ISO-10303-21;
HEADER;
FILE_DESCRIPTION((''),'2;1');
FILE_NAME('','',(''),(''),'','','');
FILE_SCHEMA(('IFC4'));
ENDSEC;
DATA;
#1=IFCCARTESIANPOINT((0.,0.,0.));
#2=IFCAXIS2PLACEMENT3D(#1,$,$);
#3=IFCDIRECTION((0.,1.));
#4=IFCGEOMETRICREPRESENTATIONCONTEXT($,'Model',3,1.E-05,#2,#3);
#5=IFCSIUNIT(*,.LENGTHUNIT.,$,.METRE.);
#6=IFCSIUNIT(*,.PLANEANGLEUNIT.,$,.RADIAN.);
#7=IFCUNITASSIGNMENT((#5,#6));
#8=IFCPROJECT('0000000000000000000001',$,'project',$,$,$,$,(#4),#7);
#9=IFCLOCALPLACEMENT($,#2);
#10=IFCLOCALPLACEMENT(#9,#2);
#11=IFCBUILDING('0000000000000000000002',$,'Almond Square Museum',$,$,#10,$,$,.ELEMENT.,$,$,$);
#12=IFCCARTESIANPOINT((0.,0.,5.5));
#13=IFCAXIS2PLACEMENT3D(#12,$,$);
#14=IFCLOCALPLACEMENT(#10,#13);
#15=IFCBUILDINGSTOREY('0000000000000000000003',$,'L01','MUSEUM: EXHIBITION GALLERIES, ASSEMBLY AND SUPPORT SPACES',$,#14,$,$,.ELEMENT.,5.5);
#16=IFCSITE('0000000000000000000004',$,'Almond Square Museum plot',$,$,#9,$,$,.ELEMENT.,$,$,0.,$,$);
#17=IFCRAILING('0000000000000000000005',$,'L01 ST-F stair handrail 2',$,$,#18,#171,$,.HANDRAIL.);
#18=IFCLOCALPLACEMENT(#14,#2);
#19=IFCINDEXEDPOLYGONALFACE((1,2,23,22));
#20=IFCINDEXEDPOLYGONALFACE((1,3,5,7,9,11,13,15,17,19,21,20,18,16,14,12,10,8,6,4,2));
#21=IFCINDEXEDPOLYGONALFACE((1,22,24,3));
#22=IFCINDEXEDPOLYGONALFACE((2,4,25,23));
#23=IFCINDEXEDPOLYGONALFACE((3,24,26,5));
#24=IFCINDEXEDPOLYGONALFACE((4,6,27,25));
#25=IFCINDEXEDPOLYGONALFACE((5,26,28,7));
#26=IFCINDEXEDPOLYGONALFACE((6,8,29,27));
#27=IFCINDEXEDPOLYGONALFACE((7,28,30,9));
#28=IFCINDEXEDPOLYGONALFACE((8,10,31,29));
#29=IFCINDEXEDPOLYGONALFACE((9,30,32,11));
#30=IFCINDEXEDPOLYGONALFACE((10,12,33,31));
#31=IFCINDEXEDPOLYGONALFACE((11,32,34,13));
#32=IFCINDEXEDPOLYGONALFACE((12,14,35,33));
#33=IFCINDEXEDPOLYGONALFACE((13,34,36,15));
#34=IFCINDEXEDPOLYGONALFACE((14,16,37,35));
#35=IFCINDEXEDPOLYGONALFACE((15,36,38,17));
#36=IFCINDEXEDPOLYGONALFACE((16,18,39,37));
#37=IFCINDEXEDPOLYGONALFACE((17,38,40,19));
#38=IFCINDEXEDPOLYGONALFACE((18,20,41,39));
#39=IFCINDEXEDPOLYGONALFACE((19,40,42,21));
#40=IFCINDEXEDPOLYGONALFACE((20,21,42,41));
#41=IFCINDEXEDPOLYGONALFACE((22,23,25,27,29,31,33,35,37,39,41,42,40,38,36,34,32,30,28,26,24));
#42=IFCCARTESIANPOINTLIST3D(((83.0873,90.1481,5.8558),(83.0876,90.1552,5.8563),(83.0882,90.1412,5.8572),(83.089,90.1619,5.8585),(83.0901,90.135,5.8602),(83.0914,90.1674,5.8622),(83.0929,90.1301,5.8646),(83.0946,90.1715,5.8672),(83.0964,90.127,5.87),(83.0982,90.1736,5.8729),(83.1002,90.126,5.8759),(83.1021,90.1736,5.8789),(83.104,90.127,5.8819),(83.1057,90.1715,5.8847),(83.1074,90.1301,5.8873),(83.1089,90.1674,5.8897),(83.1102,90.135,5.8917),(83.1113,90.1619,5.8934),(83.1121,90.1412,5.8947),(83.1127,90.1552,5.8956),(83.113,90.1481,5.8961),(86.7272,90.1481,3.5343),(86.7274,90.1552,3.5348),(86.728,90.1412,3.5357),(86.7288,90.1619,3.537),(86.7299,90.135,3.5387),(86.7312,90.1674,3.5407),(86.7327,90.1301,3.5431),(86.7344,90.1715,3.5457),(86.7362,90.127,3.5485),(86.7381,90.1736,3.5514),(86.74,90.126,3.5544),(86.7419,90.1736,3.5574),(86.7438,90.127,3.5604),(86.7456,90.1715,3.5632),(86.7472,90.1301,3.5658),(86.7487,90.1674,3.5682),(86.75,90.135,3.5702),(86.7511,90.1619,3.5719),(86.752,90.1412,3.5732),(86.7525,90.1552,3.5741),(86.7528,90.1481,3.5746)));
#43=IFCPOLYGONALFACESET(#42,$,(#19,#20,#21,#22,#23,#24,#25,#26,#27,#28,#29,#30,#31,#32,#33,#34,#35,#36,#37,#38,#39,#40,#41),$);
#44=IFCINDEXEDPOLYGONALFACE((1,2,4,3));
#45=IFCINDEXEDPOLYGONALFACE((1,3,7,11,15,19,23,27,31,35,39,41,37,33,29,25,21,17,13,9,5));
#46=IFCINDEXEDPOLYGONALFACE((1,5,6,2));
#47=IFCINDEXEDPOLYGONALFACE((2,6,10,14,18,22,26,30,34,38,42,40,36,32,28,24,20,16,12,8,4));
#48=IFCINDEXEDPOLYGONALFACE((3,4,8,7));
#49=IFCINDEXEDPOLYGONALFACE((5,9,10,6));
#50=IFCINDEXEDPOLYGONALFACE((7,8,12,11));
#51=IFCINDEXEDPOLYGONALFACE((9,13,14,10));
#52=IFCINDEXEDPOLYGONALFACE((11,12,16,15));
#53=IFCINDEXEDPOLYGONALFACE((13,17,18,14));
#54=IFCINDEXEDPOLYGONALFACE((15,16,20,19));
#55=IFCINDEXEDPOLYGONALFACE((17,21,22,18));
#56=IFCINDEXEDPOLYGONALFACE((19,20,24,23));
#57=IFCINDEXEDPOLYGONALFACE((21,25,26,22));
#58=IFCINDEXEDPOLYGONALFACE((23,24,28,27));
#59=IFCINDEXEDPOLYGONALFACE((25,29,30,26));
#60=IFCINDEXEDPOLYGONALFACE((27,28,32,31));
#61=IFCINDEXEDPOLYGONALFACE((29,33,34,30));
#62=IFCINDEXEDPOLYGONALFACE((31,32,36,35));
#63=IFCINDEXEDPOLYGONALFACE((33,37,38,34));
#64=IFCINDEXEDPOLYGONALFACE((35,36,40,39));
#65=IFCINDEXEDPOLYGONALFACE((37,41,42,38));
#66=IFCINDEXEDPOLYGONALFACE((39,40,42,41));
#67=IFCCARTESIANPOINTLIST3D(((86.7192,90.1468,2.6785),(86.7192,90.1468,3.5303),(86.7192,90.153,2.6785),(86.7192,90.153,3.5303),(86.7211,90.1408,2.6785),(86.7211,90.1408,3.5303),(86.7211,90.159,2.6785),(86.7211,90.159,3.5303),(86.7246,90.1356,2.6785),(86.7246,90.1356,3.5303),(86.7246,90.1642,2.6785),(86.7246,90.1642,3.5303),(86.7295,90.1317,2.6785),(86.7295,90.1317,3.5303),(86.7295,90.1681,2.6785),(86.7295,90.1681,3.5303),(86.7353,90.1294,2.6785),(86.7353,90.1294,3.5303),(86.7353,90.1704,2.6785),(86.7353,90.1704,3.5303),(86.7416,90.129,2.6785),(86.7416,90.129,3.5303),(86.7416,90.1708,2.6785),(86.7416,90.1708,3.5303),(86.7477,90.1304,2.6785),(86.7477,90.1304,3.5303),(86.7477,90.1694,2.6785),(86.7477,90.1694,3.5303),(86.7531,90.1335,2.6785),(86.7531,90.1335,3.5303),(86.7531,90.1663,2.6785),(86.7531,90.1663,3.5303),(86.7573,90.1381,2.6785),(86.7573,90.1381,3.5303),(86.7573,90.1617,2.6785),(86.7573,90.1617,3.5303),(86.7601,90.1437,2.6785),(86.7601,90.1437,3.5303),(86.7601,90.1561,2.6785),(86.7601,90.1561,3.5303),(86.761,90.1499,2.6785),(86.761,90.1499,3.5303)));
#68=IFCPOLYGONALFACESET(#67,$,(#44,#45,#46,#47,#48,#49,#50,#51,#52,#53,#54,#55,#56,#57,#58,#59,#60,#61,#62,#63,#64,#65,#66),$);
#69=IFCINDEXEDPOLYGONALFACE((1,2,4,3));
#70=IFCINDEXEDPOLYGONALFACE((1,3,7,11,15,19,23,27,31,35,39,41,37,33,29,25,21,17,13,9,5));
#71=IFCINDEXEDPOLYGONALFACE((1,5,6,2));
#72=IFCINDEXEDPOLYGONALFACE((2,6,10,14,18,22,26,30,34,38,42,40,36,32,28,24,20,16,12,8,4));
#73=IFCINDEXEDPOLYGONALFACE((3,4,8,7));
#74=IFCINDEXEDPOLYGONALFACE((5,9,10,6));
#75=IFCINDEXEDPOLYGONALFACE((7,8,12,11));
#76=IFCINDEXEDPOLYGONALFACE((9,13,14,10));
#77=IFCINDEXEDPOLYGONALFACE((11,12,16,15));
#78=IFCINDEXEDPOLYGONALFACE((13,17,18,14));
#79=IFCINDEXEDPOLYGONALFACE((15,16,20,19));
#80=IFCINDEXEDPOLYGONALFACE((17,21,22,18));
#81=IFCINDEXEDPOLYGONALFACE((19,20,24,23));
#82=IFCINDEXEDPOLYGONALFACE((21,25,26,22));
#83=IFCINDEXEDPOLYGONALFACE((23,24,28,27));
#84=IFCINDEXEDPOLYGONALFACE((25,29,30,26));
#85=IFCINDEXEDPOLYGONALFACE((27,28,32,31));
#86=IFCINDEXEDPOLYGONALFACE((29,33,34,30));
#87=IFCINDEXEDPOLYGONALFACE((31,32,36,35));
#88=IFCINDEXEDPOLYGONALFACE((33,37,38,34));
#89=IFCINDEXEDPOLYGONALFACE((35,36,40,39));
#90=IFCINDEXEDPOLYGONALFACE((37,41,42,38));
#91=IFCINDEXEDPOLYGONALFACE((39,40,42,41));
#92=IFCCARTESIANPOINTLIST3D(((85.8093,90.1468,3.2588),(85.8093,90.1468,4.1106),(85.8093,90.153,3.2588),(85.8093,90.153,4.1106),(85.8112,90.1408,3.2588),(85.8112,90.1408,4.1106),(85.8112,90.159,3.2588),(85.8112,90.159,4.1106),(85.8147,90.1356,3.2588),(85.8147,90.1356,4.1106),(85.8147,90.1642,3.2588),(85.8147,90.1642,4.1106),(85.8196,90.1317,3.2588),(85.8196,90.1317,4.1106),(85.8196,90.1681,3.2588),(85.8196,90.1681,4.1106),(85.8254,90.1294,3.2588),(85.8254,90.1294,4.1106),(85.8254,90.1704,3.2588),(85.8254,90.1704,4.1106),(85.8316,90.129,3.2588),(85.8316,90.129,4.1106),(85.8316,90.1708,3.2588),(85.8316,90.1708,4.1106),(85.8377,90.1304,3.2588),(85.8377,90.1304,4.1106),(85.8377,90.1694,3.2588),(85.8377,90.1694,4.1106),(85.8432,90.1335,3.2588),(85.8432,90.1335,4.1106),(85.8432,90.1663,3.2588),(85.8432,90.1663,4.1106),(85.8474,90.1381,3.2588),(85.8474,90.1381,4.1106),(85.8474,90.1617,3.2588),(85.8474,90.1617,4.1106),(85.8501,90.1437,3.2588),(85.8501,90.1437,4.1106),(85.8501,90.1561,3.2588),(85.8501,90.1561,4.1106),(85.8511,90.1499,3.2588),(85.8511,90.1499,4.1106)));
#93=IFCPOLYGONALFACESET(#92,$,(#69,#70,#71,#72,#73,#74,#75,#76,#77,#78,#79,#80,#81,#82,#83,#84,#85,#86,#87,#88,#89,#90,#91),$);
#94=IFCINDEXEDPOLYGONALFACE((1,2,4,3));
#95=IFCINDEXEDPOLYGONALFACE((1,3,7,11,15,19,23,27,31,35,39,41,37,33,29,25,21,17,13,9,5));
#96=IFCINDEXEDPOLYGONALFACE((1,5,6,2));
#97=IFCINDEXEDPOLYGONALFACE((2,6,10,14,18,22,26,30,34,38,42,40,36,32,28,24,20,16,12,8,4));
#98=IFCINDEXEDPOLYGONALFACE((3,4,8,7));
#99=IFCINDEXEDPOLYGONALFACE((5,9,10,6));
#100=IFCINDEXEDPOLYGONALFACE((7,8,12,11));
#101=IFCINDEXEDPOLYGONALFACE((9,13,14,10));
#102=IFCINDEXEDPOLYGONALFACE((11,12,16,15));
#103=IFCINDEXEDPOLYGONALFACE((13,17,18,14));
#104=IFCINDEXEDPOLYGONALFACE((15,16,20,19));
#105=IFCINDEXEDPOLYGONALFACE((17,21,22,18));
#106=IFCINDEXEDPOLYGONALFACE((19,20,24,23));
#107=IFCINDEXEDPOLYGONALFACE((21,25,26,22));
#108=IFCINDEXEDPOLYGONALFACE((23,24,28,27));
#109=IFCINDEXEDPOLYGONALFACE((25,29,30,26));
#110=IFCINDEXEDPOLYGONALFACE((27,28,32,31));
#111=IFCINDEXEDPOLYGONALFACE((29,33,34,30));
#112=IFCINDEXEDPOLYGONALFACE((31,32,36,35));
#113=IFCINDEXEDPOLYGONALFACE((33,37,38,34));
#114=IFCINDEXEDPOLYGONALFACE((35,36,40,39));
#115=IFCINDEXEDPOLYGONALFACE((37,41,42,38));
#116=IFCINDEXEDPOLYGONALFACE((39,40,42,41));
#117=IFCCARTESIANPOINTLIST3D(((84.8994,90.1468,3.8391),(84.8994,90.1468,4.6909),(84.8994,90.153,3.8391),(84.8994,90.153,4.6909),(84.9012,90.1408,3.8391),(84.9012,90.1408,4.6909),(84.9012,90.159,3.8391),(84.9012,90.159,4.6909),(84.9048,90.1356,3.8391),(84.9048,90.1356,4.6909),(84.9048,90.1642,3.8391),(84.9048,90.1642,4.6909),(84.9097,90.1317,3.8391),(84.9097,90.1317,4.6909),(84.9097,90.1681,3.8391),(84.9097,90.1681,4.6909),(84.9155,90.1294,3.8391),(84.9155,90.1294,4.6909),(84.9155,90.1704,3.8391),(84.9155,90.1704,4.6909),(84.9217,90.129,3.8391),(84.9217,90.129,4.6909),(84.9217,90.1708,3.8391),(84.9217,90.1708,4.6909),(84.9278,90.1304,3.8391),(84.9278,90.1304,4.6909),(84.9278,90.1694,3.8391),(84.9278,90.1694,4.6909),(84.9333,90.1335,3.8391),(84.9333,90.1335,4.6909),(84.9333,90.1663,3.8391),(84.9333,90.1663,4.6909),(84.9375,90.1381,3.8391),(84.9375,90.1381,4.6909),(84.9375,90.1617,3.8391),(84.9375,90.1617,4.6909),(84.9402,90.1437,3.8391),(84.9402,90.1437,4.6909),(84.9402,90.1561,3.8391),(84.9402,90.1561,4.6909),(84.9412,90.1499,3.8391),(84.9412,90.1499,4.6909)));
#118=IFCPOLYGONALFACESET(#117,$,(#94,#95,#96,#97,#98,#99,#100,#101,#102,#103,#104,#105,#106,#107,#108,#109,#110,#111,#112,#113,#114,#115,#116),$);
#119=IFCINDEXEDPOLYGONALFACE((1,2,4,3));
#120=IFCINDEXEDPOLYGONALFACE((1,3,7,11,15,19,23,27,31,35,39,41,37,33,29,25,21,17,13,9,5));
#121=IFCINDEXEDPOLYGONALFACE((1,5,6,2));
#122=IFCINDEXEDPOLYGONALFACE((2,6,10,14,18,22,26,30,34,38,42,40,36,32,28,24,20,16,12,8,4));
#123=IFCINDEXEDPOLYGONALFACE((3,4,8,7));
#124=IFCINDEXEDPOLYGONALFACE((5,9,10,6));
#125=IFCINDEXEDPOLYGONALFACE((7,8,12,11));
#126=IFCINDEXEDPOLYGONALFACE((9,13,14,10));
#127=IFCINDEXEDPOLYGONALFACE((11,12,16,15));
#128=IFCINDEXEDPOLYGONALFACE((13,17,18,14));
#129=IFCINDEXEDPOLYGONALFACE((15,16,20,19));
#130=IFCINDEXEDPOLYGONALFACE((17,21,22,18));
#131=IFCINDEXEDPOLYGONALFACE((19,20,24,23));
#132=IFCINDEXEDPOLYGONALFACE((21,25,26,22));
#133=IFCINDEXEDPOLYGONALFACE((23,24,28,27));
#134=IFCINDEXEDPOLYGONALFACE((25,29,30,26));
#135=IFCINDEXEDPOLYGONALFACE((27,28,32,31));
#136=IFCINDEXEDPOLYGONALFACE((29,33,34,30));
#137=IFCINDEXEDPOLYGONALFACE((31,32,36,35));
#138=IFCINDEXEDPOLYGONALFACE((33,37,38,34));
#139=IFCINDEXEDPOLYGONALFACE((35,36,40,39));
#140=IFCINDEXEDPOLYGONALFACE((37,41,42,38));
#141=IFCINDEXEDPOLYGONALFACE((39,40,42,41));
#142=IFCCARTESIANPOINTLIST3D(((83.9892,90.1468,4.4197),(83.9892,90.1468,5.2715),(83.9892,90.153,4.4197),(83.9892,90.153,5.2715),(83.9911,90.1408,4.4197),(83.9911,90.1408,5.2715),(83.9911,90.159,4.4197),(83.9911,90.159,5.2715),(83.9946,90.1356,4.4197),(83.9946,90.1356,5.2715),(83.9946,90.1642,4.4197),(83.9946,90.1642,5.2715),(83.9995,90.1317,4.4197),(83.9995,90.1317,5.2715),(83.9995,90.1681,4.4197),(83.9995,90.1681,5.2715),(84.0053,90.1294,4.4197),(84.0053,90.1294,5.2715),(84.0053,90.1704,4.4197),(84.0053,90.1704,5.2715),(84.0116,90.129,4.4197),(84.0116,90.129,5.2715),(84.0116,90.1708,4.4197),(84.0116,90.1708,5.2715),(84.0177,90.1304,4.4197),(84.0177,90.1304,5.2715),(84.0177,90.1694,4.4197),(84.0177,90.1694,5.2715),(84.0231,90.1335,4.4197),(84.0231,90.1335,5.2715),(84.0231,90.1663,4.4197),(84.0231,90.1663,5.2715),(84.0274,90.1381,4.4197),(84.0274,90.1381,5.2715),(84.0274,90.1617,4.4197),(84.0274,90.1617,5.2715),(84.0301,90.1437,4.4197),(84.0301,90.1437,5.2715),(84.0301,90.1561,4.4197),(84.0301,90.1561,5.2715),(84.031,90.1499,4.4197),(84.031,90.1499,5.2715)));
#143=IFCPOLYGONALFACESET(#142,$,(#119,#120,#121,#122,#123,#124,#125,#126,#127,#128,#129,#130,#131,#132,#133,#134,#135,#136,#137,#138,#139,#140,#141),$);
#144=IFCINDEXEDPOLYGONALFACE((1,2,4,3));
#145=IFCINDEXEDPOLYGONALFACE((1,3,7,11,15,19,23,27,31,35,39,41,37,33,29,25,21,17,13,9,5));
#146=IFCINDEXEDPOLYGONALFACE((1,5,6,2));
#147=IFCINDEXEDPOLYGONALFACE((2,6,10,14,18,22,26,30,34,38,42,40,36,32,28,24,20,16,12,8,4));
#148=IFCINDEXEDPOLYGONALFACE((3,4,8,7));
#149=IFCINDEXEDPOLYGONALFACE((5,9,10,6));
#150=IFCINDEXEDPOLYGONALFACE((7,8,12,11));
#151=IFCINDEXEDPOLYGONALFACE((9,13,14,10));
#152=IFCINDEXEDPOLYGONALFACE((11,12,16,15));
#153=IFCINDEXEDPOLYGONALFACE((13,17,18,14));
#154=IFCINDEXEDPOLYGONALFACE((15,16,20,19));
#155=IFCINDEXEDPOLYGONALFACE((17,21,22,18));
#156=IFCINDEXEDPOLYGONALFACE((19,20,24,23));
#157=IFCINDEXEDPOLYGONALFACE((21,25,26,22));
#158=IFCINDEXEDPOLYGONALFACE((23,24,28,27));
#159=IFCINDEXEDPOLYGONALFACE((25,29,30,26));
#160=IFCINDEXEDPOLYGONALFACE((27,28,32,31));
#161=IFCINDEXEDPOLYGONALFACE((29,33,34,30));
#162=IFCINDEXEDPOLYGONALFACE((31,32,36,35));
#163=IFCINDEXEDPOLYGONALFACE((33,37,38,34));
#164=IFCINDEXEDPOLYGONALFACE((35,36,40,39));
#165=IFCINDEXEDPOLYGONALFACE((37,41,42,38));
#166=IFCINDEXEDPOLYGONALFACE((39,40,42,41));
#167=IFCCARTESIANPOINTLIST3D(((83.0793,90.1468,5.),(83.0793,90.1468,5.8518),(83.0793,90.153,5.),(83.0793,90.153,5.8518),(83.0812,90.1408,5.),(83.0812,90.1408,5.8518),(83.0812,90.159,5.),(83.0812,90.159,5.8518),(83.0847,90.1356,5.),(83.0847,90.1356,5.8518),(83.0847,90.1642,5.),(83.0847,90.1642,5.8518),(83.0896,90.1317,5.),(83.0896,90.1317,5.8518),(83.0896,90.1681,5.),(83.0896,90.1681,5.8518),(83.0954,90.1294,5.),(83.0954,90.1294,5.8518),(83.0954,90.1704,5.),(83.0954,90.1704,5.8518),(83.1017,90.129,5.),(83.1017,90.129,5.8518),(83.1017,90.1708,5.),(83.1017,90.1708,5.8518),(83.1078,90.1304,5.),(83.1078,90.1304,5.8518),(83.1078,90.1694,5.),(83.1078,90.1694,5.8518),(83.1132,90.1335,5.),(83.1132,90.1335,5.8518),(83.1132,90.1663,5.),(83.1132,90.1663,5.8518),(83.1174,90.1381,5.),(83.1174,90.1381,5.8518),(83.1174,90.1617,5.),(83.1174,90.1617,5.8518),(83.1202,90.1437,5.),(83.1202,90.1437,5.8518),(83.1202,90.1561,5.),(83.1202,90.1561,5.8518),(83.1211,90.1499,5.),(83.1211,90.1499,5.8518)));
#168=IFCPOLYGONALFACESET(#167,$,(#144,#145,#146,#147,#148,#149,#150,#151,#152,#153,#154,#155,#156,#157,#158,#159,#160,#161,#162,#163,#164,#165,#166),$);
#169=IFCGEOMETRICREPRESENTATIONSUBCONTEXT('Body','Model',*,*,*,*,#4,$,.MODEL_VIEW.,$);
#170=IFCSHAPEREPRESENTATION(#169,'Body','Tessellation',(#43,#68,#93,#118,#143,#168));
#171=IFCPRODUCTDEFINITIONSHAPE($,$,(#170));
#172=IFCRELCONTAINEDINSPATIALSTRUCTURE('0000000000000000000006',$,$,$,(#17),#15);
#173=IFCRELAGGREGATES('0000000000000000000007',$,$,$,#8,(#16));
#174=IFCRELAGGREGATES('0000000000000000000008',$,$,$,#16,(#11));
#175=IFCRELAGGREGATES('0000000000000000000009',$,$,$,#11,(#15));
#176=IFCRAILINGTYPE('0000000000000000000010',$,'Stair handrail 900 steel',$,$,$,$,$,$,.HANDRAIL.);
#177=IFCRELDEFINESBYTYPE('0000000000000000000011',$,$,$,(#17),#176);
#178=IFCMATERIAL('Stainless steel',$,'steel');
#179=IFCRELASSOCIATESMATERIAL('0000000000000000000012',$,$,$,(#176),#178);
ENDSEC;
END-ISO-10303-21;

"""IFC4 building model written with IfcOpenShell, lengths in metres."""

from ifc_helpers import new_model, si_unit, direction, frame, origin, origin_2d, place, context, subcontext, project, spatial, circle, extrude, material, type_object, element, save


model = new_model("IFC4")

# Units and contexts
model_context = context("Model", 3, precision=1e-05, world=origin(), true_north=direction((0.0, 1.0)))
body_context = subcontext(model_context, "Body", "Model", "MODEL_VIEW")
ifc_project = project(units=[si_unit("LENGTHUNIT", "METRE"), si_unit("PLANEANGLEUNIT", "RADIAN")], contexts=[model_context])

# Site, building, storey
site_placement = place(None, origin())
site = spatial("IfcSite", under=ifc_project, at=site_placement, Name="Almond Square Museum plot", CompositionType="ELEMENT", RefElevation=0.0)
building_placement = place(site_placement, origin())
building = spatial("IfcBuilding", under=site, at=building_placement, Name="Almond Square Museum", CompositionType="ELEMENT")
storey_placement = place(building_placement, frame((0.0, 0.0, 5.5)))
storey = spatial("IfcBuildingStorey", under=building, at=storey_placement, Name="L01", Description="MUSEUM: EXHIBITION GALLERIES, ASSEMBLY AND SUPPORT SPACES", CompositionType="ELEMENT", Elevation=5.5)

# Railing
ifc_material_1 = material(Name="Stainless steel", Category="steel")
railing_type_1 = type_object("IfcRailingType", Name="Stair handrail 900 steel", PredefinedType="HANDRAIL", material=ifc_material_1)
railing_1_placement = place(storey_placement, frame((86.74, 90.1499, 2.6785)))
element("IfcRailing", 1, at=railing_1_placement, inside=storey, type_object=railing_type_1, Name="L01 ST-F stair handrail 2", PredefinedType="HANDRAIL", context=body_context, shape_type="SweptSolid", body=[
    extrude(circle(Radius=0.0239, at=origin_2d()), frame((0.0, 0.0, 0.876), z_axis=(-0.843112, 0.0, 0.537739), x_axis=(0.0, -1.0, 0.0)), (0.0, 0.0, 1.0), 4.3171),
    extrude(circle(Radius=0.021, at=origin_2d()), origin(), (0.0, 0.0, 1.0), 0.8518),
    extrude(circle(Radius=0.021, at=origin_2d()), frame((-0.9099, 0.0, 0.5803)), (0.0, 0.0, 1.0), 0.8518),
    extrude(circle(Radius=0.021, at=origin_2d()), frame((-1.8198, 0.0, 1.1606)), (0.0, 0.0, 1.0), 0.8518),
    extrude(circle(Radius=0.021, at=origin_2d()), frame((-2.73, 0.0, 1.7412)), (0.0, 0.0, 1.0), 0.8518),
    extrude(circle(Radius=0.021, at=origin_2d()), frame((-3.6399, 0.0, 2.3215)), (0.0, 0.0, 1.0), 0.8518),
])

save(model, "model.ifc")
